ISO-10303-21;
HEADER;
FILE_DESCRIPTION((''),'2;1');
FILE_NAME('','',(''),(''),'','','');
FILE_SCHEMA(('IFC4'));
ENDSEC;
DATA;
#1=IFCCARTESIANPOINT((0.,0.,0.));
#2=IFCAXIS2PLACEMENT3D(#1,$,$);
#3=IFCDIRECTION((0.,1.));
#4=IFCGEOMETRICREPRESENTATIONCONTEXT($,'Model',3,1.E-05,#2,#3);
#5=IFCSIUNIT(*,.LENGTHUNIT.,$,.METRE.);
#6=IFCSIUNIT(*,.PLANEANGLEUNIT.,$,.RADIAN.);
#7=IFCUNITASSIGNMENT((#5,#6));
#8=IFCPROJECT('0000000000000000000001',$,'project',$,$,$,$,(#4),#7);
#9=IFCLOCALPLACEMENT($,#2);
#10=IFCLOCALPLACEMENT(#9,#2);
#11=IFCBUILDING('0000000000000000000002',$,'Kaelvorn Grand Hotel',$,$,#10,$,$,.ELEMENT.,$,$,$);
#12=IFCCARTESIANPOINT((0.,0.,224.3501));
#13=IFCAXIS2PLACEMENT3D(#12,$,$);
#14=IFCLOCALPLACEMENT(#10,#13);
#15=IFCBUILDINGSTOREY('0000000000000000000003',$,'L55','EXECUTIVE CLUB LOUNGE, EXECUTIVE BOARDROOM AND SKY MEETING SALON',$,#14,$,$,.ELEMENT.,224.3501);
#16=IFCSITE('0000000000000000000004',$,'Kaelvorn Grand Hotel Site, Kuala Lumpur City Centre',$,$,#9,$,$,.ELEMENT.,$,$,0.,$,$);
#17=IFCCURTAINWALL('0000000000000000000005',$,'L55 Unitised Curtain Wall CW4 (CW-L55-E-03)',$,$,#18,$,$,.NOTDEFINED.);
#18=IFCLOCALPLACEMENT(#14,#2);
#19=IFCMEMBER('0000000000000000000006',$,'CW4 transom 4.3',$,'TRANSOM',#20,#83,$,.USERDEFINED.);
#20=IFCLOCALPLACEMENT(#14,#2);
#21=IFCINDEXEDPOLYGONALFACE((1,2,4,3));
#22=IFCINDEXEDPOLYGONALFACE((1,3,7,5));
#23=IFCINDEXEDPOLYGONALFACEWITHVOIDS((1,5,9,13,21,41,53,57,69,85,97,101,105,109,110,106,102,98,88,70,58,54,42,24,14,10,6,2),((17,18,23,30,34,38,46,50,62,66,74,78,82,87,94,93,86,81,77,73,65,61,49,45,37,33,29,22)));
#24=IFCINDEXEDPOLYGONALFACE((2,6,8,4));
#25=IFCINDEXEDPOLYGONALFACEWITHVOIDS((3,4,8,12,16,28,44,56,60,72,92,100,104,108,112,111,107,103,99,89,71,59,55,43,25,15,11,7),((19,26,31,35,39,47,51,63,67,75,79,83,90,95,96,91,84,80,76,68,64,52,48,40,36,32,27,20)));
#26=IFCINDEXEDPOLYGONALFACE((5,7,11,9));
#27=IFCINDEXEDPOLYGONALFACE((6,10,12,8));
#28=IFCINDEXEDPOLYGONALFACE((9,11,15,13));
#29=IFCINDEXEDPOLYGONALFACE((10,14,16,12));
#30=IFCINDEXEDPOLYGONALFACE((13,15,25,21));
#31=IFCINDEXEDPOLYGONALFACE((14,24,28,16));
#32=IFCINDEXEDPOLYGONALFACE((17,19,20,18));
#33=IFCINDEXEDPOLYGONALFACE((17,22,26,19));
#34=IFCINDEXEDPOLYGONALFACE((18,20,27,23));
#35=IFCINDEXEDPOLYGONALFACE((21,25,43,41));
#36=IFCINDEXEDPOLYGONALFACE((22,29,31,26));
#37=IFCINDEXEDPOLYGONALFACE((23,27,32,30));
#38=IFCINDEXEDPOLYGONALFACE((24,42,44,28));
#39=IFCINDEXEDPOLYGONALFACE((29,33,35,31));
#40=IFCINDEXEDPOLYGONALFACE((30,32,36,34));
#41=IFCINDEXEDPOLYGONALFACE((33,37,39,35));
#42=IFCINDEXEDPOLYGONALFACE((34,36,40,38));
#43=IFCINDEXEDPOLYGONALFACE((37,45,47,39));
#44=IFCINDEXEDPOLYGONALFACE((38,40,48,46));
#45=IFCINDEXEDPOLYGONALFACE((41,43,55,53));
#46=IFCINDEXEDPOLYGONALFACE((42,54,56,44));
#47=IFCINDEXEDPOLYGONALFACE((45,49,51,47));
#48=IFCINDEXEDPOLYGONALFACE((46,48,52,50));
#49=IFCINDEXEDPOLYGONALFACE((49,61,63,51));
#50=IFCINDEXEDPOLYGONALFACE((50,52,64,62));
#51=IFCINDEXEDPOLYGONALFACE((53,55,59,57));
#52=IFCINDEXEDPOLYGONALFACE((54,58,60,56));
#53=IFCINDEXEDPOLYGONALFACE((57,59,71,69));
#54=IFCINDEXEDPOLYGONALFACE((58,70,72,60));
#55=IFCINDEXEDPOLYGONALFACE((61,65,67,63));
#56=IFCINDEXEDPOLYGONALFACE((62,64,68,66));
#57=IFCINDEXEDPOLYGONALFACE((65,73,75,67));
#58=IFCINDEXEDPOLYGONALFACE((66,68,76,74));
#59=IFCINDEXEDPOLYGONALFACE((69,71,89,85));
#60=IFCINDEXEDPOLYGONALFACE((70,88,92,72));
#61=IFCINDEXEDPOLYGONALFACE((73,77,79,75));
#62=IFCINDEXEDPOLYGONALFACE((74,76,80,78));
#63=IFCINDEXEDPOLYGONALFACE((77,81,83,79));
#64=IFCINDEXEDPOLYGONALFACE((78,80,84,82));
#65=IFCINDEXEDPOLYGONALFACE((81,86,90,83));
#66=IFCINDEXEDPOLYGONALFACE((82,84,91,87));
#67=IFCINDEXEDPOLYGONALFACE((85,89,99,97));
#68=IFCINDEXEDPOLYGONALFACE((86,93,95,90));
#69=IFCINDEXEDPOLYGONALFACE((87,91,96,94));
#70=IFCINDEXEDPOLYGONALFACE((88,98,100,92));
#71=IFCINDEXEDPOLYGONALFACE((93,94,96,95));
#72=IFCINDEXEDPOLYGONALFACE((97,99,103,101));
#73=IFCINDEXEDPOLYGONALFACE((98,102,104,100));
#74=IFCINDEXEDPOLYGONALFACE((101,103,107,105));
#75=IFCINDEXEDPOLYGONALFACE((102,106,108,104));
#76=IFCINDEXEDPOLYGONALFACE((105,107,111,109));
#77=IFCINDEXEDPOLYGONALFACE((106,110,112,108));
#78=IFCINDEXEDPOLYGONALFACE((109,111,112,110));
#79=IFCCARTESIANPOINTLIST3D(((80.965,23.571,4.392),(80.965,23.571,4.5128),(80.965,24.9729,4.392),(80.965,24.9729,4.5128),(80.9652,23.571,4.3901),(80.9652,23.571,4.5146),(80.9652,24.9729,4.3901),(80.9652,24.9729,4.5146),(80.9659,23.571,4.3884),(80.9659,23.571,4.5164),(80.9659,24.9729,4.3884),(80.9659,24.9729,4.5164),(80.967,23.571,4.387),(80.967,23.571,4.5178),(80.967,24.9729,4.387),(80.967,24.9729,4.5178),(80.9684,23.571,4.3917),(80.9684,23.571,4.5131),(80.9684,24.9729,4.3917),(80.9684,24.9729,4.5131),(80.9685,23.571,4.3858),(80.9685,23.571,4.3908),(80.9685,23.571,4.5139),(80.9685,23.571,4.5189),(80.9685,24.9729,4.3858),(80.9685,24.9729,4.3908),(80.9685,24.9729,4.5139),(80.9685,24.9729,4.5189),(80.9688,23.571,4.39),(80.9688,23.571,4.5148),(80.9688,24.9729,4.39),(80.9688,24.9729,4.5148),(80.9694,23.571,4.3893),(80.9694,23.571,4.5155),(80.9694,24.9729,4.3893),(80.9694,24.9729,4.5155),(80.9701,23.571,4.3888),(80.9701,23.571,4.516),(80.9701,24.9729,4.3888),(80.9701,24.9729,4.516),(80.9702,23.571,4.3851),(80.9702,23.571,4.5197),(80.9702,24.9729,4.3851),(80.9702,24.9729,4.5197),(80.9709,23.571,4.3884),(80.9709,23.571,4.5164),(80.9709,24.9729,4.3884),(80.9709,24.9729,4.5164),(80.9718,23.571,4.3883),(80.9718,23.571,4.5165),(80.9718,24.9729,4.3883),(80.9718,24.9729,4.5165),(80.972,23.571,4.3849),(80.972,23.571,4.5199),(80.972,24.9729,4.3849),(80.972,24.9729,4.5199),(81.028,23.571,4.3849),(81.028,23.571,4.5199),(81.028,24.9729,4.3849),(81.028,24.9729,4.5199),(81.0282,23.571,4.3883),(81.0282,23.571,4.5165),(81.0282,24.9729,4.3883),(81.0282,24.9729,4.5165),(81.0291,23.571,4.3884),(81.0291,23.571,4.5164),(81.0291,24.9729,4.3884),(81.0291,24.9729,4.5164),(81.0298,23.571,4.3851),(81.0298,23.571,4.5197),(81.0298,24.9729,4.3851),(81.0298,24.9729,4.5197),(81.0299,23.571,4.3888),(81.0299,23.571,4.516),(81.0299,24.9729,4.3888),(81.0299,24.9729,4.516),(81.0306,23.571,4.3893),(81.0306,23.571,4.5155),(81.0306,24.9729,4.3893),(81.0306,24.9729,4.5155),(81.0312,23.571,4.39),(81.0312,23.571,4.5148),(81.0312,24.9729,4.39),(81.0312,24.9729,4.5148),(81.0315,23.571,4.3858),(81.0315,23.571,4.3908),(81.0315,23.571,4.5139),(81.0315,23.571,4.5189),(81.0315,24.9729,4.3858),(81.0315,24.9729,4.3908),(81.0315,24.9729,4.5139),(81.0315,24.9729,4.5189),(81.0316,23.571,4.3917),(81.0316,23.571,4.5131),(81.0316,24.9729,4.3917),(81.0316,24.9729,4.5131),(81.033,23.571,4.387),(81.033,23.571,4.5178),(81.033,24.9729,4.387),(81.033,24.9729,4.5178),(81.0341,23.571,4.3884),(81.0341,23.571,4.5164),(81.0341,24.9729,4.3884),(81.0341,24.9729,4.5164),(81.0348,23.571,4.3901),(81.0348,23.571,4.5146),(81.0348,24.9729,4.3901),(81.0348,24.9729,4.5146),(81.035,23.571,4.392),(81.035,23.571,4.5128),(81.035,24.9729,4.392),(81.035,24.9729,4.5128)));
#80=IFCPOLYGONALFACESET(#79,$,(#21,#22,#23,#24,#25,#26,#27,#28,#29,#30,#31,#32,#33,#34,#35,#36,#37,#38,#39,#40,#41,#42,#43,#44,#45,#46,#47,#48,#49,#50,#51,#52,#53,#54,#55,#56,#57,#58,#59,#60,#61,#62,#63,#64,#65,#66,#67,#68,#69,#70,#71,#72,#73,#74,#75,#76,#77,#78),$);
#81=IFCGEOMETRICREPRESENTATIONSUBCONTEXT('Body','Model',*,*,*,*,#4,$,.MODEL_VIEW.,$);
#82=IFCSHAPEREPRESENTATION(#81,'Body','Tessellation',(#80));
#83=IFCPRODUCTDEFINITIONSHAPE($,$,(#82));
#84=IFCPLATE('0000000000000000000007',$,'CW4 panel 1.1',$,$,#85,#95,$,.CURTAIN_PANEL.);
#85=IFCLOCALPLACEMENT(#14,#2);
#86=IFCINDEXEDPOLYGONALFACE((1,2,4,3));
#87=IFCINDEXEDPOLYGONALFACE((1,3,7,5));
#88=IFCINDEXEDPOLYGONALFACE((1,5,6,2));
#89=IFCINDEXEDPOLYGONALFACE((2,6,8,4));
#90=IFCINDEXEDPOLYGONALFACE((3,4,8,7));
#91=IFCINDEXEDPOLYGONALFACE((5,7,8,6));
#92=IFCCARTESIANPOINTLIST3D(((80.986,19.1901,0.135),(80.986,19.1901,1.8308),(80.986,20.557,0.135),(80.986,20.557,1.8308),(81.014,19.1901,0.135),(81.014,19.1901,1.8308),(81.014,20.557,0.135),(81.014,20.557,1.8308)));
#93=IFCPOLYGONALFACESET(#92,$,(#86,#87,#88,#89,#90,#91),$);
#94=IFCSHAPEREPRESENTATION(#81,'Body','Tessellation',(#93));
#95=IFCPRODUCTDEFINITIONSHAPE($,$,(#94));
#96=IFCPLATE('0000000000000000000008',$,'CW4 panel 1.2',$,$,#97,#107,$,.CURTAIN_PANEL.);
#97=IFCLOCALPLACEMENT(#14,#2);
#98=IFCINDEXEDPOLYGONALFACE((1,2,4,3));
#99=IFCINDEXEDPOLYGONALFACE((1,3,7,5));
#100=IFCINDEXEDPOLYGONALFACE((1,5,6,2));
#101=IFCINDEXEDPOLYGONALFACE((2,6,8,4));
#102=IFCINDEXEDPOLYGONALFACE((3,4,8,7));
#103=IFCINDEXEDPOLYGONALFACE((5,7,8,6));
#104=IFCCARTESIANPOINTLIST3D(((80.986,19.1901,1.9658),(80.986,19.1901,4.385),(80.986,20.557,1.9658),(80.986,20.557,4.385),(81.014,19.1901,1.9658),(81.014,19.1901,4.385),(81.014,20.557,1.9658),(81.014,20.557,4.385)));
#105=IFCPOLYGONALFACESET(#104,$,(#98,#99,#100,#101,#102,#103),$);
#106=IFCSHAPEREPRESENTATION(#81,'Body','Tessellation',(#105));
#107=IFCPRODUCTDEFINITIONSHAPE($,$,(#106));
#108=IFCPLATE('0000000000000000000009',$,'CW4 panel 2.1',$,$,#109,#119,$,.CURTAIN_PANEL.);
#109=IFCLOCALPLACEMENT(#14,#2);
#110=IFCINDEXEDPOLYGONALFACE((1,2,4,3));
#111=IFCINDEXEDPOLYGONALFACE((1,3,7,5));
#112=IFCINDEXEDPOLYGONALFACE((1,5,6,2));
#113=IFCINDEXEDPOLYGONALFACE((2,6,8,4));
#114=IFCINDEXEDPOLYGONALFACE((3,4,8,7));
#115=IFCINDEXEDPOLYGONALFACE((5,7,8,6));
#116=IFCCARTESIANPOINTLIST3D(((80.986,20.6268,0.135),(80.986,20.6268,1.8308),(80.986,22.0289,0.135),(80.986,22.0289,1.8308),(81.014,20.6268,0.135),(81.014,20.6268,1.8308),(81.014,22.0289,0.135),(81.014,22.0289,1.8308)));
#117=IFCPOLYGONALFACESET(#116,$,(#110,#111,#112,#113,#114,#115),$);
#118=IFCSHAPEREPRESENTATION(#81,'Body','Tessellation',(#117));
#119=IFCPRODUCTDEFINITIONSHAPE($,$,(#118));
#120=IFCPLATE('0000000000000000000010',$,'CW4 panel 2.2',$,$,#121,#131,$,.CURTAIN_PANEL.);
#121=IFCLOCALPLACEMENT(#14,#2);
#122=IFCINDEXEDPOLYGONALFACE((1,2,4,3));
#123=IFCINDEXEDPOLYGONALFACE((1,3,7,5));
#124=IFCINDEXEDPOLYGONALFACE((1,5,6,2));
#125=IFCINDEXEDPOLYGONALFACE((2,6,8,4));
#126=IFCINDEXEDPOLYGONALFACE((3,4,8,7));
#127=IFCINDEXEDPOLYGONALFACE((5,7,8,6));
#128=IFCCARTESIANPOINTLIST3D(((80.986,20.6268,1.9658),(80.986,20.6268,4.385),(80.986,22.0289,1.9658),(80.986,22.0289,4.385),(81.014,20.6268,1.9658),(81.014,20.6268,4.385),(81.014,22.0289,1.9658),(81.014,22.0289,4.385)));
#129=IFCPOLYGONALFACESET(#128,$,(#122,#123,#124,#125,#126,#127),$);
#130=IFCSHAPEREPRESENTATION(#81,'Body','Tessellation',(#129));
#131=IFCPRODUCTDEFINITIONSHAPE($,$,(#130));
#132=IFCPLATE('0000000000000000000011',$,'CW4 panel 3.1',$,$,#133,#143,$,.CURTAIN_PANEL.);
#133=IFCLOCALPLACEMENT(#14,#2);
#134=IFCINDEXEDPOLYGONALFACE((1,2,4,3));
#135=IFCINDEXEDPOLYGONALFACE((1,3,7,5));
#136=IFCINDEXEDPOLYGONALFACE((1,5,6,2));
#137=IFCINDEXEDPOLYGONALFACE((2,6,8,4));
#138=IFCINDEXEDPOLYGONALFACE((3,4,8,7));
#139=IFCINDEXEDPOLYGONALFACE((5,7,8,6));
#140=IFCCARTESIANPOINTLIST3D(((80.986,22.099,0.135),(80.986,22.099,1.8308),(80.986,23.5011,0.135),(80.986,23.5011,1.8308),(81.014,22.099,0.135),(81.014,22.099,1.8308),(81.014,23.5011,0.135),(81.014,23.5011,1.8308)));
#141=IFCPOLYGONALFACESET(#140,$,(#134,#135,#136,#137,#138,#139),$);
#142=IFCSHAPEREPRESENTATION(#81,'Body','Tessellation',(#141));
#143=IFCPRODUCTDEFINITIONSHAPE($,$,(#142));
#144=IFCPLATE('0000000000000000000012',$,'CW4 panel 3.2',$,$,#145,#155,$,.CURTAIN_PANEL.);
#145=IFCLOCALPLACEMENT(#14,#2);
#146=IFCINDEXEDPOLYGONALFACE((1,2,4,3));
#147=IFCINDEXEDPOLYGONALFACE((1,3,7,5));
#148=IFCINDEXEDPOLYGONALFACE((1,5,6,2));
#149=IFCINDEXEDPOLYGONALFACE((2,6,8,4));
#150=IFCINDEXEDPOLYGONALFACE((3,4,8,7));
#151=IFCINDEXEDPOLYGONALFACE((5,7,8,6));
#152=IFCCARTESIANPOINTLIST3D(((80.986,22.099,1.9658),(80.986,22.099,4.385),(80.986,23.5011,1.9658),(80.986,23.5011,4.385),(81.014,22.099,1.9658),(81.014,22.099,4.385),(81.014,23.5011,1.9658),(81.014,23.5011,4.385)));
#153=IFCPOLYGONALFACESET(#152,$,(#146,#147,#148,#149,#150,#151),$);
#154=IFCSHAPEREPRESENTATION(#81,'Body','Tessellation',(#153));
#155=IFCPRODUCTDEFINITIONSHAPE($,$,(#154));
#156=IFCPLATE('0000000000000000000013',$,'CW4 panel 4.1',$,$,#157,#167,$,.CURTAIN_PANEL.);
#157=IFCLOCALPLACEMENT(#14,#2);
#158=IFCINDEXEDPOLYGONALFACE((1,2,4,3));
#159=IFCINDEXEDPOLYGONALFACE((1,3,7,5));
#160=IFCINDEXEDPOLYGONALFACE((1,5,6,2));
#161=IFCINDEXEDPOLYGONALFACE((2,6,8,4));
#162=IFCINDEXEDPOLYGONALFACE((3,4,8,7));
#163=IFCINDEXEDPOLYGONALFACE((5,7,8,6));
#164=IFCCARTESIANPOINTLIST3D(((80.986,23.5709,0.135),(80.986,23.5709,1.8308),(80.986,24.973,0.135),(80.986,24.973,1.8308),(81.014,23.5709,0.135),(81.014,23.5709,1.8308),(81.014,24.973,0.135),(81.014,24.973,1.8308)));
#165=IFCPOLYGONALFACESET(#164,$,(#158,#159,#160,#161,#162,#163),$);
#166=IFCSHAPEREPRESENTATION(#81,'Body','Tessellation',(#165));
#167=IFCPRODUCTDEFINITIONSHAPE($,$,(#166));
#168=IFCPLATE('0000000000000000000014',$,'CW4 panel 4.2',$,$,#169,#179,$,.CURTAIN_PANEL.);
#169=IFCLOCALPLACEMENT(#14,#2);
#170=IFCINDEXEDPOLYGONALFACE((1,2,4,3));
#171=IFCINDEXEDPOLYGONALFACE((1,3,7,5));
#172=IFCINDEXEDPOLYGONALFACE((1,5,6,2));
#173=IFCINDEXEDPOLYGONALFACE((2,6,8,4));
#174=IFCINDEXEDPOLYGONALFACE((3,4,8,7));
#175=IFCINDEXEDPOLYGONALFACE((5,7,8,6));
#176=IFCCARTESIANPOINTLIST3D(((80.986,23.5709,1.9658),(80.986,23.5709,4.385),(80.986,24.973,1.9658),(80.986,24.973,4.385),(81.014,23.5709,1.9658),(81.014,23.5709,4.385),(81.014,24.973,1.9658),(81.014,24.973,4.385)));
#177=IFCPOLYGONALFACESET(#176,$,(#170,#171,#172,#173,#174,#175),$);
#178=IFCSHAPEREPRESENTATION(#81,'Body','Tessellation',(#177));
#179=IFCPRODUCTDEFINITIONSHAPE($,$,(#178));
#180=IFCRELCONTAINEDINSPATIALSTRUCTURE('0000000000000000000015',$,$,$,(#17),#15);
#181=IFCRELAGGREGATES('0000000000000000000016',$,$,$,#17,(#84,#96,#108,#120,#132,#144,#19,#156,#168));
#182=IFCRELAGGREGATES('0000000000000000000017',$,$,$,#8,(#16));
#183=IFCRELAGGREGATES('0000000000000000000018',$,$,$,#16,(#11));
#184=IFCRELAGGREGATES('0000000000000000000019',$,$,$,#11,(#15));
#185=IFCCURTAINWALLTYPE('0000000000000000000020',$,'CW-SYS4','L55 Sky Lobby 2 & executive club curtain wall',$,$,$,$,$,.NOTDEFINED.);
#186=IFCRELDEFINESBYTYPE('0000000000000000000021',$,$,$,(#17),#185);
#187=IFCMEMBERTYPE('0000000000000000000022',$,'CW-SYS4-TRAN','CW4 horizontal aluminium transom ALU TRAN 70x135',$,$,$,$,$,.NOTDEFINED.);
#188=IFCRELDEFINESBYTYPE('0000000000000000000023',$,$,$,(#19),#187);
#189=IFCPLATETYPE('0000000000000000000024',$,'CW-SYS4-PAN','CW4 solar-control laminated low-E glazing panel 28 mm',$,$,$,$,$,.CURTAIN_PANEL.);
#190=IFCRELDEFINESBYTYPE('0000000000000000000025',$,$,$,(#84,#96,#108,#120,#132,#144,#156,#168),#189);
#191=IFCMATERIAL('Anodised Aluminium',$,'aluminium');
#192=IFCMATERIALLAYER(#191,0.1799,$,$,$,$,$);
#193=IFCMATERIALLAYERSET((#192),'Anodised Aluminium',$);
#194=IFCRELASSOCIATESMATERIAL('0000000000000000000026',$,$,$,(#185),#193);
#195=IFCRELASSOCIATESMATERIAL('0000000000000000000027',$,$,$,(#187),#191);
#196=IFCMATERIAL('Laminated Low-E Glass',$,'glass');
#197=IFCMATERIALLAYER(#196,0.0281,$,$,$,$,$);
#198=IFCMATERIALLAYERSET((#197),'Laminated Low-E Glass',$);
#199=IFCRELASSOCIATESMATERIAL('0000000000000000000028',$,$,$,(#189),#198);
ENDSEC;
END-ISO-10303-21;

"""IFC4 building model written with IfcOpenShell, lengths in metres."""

from ifc_helpers import new_model, si_unit, direction, frame, origin, origin_2d, place, context, subcontext, project, spatial, rectangle, hollow_rectangle, extrude, material, layer, layer_set, material_profile, profile_set, type_object, element, aggregate, save


model = new_model("IFC4")

# Units and contexts
model_context = context("Model", 3, precision=1e-05, world=origin(), true_north=direction((0.0, 1.0)))
body_context = subcontext(model_context, "Body", "Model", "MODEL_VIEW")
ifc_project = project(units=[si_unit("LENGTHUNIT", "METRE"), si_unit("PLANEANGLEUNIT", "RADIAN")], contexts=[model_context])

# Site, building, storey
site_placement = place(None, origin())
site = spatial("IfcSite", under=ifc_project, at=site_placement, Name="Kaelvorn Grand Hotel Site, Kuala Lumpur City Centre", CompositionType="ELEMENT", RefElevation=0.0)
building_placement = place(site_placement, origin())
building = spatial("IfcBuilding", under=site, at=building_placement, Name="Kaelvorn Grand Hotel", CompositionType="ELEMENT")
storey_placement = place(building_placement, frame((0.0, 0.0, 224.3501)))
storey = spatial("IfcBuildingStorey", under=building, at=storey_placement, Name="L55", Description="EXECUTIVE CLUB LOUNGE, EXECUTIVE BOARDROOM AND SKY MEETING SALON", CompositionType="ELEMENT", Elevation=224.3501)

# Curtain wall, member, plates
ifc_material_1 = material(Name="Anodised Aluminium", Category="aluminium")
ifc_layer_1 = layer(ifc_material_1, 0.1799)
ifc_layer_set_1 = layer_set([ifc_layer_1], Name="Anodised Aluminium")
curtain_wall_type = type_object("IfcCurtainWallType", Name="CW-SYS4", Description="L55 Sky Lobby 2 & executive club curtain wall", PredefinedType="NOTDEFINED", material=ifc_layer_set_1)
curtain_wall_placement = place(storey_placement, origin())
curtain_wall = element("IfcCurtainWall", 1, at=curtain_wall_placement, inside=storey, type_object=curtain_wall_type, Name="L55 Unitised Curtain Wall CW4 (CW-L55-E-03)", PredefinedType="NOTDEFINED")
ifc_material_profile_1 = material_profile(ifc_material_1, hollow_rectangle(XDim=0.0701, YDim=0.135, WallThickness=0.0034, InnerFilletRadius=0.0034, OuterFilletRadius=0.0071, at=origin_2d()), Name="ALU TRAN 70x135")
ifc_profile_set_1 = profile_set([ifc_material_profile_1], Name="Anodised Aluminium")
member_type_1 = type_object("IfcMemberType", Name="CW-SYS4-TRAN", Description="CW4 horizontal aluminium transom ALU TRAN 70x135", PredefinedType="NOTDEFINED", material=ifc_profile_set_1)
member_1_placement = place(storey_placement, frame((81.0, 23.571, 4.4524), z_axis=(0.0, 1.0, 0.0), x_axis=(-1.0, 0.0, 0.0)))
member_1 = element("IfcMember", 2, at=member_1_placement, type_object=member_type_1, Name="CW4 transom 4.3", ObjectType="TRANSOM", PredefinedType="USERDEFINED", context=body_context, shape_type="SweptSolid", body=[
    extrude(hollow_rectangle(XDim=0.0701, YDim=0.135, WallThickness=0.0034, InnerFilletRadius=0.0034, OuterFilletRadius=0.0071, at=origin_2d()), origin(), (0.0, 0.0, 1.0), 1.4019),
])
ifc_material_2 = material(Name="Laminated Low-E Glass", Category="glass")
ifc_layer_2 = layer(ifc_material_2, 0.0281)
ifc_layer_set_2 = layer_set([ifc_layer_2], Name="Laminated Low-E Glass")
plate_type = type_object("IfcPlateType", Name="CW-SYS4-PAN", Description="CW4 solar-control laminated low-E glazing panel 28 mm", PredefinedType="CURTAIN_PANEL", material=ifc_layer_set_2)
plate_1_placement = place(storey_placement, frame((81.0, 19.8735, 0.135), z_axis=(0.0, 0.0, 1.0), x_axis=(0.0, 1.0, 0.0)))
plate_1 = element("IfcPlate", 3, at=plate_1_placement, type_object=plate_type, Name="CW4 panel 1.1", PredefinedType="CURTAIN_PANEL", context=body_context, shape_type="SweptSolid", body=[
    extrude(rectangle(XDim=1.3669, YDim=0.0281, at=origin_2d()), origin(), (0.0, 0.0, 1.0), 1.6958),
])
plate_2_placement = place(storey_placement, frame((81.0, 19.8735, 1.9658), z_axis=(0.0, 0.0, 1.0), x_axis=(0.0, 1.0, 0.0)))
plate_2 = element("IfcPlate", 4, at=plate_2_placement, type_object=plate_type, Name="CW4 panel 1.2", PredefinedType="CURTAIN_PANEL", context=body_context, shape_type="SweptSolid", body=[
    extrude(rectangle(XDim=1.3669, YDim=0.0281, at=origin_2d()), origin(), (0.0, 0.0, 1.0), 2.4192),
])
plate_3_placement = place(storey_placement, frame((81.0, 21.3279, 0.135), z_axis=(0.0, 0.0, 1.0), x_axis=(0.0, 1.0, 0.0)))
plate_3 = element("IfcPlate", 5, at=plate_3_placement, type_object=plate_type, Name="CW4 panel 2.1", PredefinedType="CURTAIN_PANEL", context=body_context, shape_type="SweptSolid", body=[
    extrude(rectangle(XDim=1.4021, YDim=0.0281, at=origin_2d()), origin(), (0.0, 0.0, 1.0), 1.6958),
])
plate_4_placement = place(storey_placement, frame((81.0, 21.3279, 1.9658), z_axis=(0.0, 0.0, 1.0), x_axis=(0.0, 1.0, 0.0)))
plate_4 = element("IfcPlate", 6, at=plate_4_placement, type_object=plate_type, Name="CW4 panel 2.2", PredefinedType="CURTAIN_PANEL", context=body_context, shape_type="SweptSolid", body=[
    extrude(rectangle(XDim=1.4021, YDim=0.0281, at=origin_2d()), origin(), (0.0, 0.0, 1.0), 2.4192),
])
plate_5_placement = place(storey_placement, frame((81.0, 22.8, 0.135), z_axis=(0.0, 0.0, 1.0), x_axis=(0.0, 1.0, 0.0)))
plate_5 = element("IfcPlate", 7, at=plate_5_placement, type_object=plate_type, Name="CW4 panel 3.1", PredefinedType="CURTAIN_PANEL", context=body_context, shape_type="SweptSolid", body=[
    extrude(rectangle(XDim=1.4021, YDim=0.0281, at=origin_2d()), origin(), (0.0, 0.0, 1.0), 1.6958),
])
plate_6_placement = place(storey_placement, frame((81.0, 22.8, 1.9658), z_axis=(0.0, 0.0, 1.0), x_axis=(0.0, 1.0, 0.0)))
plate_6 = element("IfcPlate", 8, at=plate_6_placement, type_object=plate_type, Name="CW4 panel 3.2", PredefinedType="CURTAIN_PANEL", context=body_context, shape_type="SweptSolid", body=[
    extrude(rectangle(XDim=1.4021, YDim=0.0281, at=origin_2d()), origin(), (0.0, 0.0, 1.0), 2.4192),
])
plate_7_placement = place(storey_placement, frame((81.0, 24.272, 0.135), z_axis=(0.0, 0.0, 1.0), x_axis=(0.0, 1.0, 0.0)))
plate_7 = element("IfcPlate", 9, at=plate_7_placement, type_object=plate_type, Name="CW4 panel 4.1", PredefinedType="CURTAIN_PANEL", context=body_context, shape_type="SweptSolid", body=[
    extrude(rectangle(XDim=1.4021, YDim=0.0281, at=origin_2d()), origin(), (0.0, 0.0, 1.0), 1.6958),
])
plate_8_placement = place(storey_placement, frame((81.0, 24.272, 1.9658), z_axis=(0.0, 0.0, 1.0), x_axis=(0.0, 1.0, 0.0)))
plate_8 = element("IfcPlate", 10, at=plate_8_placement, type_object=plate_type, Name="CW4 panel 4.2", PredefinedType="CURTAIN_PANEL", context=body_context, shape_type="SweptSolid", body=[
    extrude(rectangle(XDim=1.4021, YDim=0.0281, at=origin_2d()), origin(), (0.0, 0.0, 1.0), 2.4192),
])
aggregate(curtain_wall, [plate_1, plate_2, plate_3, plate_4, plate_5, plate_6, member_1, plate_7, plate_8])

save(model, "model.ifc")
